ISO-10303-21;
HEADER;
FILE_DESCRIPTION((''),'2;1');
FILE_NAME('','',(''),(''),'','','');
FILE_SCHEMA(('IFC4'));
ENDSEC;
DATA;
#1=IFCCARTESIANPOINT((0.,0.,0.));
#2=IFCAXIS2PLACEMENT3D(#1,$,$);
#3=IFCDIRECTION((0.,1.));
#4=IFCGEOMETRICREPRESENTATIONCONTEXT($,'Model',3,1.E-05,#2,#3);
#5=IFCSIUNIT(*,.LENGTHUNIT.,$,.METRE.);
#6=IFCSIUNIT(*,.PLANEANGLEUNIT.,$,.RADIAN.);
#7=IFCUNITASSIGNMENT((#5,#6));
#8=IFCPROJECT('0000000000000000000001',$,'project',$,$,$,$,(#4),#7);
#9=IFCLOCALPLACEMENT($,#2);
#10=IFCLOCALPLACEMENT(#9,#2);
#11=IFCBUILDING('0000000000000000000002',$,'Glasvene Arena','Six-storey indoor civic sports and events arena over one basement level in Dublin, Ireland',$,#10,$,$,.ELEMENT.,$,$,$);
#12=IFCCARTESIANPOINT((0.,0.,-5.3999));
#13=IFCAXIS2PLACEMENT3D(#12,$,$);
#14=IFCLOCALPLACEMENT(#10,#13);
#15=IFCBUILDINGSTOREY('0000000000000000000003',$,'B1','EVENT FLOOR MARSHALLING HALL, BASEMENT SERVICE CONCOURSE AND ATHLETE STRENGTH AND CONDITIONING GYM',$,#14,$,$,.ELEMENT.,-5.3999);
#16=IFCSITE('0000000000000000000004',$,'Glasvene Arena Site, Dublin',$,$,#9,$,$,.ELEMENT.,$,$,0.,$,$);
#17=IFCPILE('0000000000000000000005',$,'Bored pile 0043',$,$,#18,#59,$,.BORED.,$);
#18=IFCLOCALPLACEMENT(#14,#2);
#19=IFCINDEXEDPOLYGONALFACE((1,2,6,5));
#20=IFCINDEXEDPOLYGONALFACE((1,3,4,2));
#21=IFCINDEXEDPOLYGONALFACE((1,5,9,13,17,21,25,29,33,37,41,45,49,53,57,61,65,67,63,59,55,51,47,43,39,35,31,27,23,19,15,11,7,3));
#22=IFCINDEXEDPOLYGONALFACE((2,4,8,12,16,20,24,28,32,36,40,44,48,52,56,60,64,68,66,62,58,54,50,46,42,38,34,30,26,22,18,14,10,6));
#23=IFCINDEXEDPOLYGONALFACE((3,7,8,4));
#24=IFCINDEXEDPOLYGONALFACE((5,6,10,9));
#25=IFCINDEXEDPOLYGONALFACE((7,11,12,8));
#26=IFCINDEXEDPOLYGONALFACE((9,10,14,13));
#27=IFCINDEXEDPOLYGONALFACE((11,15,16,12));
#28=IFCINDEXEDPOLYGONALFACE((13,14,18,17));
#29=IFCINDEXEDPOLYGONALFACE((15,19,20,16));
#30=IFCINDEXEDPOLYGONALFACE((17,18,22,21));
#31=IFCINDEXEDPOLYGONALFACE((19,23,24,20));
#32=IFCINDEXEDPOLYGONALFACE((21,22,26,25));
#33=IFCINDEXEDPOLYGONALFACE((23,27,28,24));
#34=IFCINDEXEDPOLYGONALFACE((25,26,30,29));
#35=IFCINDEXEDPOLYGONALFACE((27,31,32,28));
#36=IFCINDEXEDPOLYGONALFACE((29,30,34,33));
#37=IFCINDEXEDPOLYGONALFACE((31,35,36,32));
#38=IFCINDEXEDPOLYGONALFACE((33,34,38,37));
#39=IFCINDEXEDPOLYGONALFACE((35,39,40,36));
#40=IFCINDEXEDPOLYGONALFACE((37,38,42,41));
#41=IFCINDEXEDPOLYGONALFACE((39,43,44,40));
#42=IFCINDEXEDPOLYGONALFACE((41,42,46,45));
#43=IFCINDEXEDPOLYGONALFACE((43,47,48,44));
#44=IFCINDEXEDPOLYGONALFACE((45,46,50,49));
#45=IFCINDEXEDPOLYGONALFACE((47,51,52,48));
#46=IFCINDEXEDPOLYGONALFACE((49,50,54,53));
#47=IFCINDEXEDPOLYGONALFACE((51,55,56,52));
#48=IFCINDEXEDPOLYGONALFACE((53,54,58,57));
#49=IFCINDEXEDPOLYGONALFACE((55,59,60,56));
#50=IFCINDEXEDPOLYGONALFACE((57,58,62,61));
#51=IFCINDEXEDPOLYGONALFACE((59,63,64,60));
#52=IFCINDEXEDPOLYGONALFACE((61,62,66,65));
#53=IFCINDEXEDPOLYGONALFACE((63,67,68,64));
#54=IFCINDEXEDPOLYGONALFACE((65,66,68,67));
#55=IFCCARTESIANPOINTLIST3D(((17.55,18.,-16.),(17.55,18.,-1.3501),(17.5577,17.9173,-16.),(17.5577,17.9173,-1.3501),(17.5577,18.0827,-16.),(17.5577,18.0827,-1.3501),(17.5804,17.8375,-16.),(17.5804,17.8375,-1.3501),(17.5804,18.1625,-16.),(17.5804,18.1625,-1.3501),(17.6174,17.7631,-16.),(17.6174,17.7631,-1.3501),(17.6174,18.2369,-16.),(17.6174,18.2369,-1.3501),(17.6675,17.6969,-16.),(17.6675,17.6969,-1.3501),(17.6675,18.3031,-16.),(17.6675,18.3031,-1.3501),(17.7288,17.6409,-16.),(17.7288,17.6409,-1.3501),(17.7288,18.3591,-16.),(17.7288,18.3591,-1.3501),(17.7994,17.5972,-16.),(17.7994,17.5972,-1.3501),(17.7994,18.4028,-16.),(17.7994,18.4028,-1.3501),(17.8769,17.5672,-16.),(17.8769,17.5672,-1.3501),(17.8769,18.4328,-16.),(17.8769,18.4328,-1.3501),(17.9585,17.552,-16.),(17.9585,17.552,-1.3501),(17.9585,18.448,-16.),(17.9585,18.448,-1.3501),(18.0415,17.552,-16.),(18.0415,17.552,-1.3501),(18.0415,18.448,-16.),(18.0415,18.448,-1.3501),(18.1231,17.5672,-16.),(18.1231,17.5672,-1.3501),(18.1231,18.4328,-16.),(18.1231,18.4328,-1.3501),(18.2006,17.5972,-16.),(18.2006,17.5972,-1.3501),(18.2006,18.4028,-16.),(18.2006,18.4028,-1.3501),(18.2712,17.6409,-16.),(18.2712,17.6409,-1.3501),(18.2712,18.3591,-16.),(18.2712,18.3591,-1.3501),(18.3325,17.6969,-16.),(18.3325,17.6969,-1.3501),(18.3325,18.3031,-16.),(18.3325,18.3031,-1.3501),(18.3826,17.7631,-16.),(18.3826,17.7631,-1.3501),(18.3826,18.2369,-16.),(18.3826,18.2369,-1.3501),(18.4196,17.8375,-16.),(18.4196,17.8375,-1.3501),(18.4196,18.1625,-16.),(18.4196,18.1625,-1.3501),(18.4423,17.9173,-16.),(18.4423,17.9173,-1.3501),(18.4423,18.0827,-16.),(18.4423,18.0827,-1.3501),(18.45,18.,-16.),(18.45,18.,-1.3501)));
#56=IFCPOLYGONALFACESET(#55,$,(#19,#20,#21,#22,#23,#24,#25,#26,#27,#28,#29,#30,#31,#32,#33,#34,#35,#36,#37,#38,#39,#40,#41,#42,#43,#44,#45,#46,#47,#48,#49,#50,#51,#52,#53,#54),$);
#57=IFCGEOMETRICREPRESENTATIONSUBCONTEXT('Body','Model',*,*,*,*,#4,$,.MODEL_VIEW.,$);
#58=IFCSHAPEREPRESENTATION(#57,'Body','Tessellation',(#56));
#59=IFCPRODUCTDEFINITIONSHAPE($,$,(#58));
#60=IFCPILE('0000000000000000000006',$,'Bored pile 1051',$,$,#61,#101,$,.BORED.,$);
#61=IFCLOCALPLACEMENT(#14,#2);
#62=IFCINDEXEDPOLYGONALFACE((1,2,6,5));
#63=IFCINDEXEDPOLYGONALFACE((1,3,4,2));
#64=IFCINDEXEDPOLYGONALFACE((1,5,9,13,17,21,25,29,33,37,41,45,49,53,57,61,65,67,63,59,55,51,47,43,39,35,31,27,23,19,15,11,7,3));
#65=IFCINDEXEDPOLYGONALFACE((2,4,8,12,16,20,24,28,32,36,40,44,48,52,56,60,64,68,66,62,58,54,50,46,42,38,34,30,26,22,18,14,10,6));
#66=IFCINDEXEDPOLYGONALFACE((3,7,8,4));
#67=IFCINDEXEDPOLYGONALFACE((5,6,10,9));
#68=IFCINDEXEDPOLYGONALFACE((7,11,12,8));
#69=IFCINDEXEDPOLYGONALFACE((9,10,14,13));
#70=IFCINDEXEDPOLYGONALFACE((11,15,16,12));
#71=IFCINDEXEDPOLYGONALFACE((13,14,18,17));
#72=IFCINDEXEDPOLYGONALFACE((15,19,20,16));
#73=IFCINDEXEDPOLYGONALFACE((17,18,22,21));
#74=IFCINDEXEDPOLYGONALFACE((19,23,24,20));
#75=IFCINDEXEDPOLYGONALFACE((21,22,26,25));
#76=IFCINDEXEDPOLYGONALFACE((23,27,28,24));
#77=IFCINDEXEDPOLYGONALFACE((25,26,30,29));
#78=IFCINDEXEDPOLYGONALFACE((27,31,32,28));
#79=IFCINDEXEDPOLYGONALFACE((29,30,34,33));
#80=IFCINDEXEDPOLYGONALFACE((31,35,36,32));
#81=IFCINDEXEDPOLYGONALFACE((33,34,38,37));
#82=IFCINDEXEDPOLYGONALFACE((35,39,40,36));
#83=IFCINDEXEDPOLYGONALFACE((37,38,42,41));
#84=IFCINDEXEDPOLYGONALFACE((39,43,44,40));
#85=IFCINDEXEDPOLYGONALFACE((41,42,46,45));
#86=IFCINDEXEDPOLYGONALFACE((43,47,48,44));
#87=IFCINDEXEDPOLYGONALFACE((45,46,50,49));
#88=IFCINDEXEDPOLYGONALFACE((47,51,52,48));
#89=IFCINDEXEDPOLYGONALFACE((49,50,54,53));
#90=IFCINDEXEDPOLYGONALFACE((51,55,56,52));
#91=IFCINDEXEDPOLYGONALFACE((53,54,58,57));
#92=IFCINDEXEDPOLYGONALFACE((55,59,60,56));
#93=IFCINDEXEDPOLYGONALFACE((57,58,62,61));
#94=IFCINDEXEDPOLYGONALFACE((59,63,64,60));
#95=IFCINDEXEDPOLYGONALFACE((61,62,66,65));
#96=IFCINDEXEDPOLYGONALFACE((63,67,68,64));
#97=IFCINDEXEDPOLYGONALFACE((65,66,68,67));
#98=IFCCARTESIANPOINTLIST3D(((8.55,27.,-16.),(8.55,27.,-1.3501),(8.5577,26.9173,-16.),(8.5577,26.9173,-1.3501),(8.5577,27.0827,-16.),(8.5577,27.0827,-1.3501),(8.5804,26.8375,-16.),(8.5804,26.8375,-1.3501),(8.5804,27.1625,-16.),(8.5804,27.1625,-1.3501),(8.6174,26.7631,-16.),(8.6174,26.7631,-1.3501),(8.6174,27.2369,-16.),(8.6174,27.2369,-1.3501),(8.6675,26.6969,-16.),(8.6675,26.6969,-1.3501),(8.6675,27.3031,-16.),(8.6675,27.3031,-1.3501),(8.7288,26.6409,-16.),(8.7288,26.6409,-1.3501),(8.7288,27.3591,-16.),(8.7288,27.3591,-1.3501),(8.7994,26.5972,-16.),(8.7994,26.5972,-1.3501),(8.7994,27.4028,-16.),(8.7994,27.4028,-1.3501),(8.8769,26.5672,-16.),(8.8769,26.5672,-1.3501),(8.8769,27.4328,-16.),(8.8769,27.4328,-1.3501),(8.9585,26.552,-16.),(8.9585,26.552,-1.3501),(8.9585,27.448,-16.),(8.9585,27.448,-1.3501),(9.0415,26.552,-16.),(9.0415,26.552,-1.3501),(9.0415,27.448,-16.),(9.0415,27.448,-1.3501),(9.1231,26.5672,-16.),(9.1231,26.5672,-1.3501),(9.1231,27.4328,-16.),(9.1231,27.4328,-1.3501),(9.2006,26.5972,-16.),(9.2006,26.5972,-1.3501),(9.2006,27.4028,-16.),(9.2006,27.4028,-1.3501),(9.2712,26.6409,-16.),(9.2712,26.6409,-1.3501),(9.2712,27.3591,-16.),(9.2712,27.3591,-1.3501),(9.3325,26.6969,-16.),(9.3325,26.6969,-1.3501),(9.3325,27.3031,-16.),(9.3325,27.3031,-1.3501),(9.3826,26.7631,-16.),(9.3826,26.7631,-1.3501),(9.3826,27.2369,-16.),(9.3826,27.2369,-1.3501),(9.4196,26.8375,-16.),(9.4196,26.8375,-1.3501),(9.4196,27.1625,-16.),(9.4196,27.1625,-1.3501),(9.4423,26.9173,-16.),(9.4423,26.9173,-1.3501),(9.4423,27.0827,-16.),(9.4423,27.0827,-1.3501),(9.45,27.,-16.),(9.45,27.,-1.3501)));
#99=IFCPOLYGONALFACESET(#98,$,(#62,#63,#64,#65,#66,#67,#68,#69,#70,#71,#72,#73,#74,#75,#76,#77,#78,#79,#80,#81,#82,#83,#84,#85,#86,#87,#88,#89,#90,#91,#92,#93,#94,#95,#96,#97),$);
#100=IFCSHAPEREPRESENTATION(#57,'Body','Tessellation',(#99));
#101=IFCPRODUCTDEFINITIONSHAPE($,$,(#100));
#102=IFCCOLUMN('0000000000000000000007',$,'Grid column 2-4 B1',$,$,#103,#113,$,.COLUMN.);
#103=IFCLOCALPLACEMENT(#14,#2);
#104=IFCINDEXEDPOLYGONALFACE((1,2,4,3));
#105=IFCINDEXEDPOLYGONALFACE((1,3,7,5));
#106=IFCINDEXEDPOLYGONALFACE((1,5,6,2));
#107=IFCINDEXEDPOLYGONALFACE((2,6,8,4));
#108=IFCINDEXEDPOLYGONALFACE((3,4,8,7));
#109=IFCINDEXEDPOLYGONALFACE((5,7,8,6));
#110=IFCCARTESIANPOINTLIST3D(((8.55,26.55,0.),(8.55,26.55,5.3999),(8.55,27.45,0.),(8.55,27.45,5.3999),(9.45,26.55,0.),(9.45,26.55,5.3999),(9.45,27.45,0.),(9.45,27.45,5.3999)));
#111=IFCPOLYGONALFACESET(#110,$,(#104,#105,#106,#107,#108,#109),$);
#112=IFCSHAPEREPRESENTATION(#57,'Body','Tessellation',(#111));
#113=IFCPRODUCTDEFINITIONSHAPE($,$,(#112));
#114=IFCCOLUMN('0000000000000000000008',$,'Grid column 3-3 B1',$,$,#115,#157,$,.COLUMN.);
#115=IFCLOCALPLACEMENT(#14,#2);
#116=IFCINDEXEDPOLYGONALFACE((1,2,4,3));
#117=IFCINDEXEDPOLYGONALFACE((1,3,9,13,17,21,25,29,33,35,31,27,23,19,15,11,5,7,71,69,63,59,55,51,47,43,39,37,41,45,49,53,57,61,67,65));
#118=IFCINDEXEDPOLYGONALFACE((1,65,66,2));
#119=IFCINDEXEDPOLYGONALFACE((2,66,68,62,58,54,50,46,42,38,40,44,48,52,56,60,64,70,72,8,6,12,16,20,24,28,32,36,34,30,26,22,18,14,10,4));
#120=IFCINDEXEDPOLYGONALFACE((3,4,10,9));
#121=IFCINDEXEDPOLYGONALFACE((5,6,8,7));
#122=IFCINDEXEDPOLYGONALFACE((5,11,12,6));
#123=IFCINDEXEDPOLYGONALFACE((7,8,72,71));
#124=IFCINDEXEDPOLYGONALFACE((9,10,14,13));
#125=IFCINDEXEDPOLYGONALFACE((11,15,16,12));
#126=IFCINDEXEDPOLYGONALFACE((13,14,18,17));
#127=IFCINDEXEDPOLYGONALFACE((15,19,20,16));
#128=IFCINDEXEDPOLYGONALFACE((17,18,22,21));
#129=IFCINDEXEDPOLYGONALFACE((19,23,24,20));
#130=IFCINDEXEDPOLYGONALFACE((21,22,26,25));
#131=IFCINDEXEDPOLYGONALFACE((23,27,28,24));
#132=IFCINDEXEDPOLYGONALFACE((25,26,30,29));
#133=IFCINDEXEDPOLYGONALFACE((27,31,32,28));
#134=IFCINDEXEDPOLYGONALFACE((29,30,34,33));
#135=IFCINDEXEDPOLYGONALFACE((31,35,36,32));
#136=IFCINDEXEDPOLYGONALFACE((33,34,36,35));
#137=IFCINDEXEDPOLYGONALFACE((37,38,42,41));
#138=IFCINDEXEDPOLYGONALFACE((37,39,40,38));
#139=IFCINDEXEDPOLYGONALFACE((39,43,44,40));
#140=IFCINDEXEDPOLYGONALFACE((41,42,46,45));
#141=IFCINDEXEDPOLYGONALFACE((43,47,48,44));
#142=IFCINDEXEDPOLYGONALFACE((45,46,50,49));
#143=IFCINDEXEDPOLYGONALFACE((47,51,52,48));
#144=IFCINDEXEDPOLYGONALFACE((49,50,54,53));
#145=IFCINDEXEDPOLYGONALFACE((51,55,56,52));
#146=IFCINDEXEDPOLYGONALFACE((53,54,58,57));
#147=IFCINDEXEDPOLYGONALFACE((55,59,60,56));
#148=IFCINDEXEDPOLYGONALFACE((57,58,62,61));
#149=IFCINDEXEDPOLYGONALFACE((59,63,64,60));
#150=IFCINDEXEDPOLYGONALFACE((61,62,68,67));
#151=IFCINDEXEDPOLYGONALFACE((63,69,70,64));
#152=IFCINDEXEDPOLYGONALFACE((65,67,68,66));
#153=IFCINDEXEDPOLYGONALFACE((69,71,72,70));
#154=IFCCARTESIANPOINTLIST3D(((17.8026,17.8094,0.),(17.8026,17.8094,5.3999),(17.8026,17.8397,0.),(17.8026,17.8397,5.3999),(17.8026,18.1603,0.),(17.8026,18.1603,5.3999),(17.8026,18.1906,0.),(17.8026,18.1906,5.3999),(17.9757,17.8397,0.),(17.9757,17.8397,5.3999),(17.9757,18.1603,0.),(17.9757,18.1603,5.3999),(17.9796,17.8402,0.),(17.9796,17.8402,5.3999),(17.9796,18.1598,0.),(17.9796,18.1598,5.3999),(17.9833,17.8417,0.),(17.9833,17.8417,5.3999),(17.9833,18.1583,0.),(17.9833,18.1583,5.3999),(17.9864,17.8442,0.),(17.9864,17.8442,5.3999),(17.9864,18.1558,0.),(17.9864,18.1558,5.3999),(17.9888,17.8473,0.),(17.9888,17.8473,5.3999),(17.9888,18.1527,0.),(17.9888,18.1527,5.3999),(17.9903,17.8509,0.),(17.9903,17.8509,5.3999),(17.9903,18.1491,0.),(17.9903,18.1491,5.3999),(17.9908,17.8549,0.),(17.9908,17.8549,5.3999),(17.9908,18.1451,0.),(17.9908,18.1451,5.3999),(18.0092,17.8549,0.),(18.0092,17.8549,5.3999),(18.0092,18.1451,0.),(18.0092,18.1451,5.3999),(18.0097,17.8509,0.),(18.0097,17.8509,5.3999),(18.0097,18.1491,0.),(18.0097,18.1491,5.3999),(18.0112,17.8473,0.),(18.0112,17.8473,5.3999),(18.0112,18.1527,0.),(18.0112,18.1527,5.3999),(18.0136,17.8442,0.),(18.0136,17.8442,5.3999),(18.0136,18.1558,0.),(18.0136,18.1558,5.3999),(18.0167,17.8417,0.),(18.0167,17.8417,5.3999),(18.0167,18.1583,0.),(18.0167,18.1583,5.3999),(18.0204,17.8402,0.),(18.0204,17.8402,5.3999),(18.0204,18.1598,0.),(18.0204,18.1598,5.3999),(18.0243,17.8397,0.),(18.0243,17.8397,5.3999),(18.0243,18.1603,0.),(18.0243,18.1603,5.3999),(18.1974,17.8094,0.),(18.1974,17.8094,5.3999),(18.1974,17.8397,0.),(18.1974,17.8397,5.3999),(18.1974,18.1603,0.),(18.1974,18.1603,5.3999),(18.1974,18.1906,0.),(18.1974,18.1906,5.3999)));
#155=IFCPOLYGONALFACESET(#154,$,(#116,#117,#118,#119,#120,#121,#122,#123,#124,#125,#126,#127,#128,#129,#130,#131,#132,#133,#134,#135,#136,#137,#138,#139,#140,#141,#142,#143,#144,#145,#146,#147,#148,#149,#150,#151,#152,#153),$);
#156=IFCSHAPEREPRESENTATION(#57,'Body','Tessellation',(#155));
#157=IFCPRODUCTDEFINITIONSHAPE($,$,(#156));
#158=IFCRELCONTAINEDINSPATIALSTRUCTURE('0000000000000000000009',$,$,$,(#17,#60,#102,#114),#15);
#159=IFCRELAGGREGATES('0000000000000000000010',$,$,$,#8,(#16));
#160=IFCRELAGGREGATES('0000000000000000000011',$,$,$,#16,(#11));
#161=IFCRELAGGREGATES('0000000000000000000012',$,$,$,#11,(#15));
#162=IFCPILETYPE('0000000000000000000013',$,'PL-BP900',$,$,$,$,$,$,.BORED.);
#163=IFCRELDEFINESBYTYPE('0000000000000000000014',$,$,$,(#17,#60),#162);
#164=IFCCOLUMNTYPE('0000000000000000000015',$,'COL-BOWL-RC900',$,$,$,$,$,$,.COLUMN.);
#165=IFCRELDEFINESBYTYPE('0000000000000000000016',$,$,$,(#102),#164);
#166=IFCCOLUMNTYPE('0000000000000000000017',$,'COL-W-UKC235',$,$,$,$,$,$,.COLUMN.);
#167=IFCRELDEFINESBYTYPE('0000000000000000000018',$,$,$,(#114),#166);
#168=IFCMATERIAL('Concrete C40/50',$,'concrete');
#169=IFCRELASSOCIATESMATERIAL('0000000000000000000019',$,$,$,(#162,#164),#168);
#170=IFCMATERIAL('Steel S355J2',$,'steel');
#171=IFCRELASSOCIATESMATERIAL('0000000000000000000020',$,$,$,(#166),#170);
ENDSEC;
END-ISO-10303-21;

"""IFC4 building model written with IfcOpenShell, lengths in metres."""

from ifc_helpers import new_model, si_unit, direction, frame, origin, origin_2d, place, context, subcontext, project, spatial, rectangle, circle, i_section, extrude, material, material_profile, profile_set, type_object, element, save


model = new_model("IFC4")

# Units and contexts
model_context = context("Model", 3, precision=1e-05, world=origin(), true_north=direction((0.0, 1.0)))
body_context = subcontext(model_context, "Body", "Model", "MODEL_VIEW")
ifc_project = project(units=[si_unit("LENGTHUNIT", "METRE"), si_unit("PLANEANGLEUNIT", "RADIAN")], contexts=[model_context])

# Site, building, storey
site_placement = place(None, origin())
site = spatial("IfcSite", under=ifc_project, at=site_placement, Name="Glasvene Arena Site, Dublin", CompositionType="ELEMENT", RefElevation=0.0)
building_placement = place(site_placement, origin())
building = spatial("IfcBuilding", under=site, at=building_placement, Name="Glasvene Arena", Description="Six-storey indoor civic sports and events arena over one basement level in Dublin, Ireland", CompositionType="ELEMENT")
storey_placement = place(building_placement, frame((0.0, 0.0, -5.3999)))
storey = spatial("IfcBuildingStorey", under=building, at=storey_placement, Name="B1", Description="EVENT FLOOR MARSHALLING HALL, BASEMENT SERVICE CONCOURSE AND ATHLETE STRENGTH AND CONDITIONING GYM", CompositionType="ELEMENT", Elevation=-5.3999)

# Shared definitions
ifc_material_1 = material(Name="Concrete C40/50", Category="concrete")

# Piles
ifc_material_profile_1 = material_profile(ifc_material_1, circle(Radius=0.45, at=origin_2d()), Name="BORED PILE 900")
ifc_profile_set_1 = profile_set([ifc_material_profile_1], Name="Concrete C40/50")
pile_type_1 = type_object("IfcPileType", Name="PL-BP900", PredefinedType="BORED", material=ifc_profile_set_1)
for number, where, z_axis, x_axis, name in (
    (1, (18.0, 18.0, -1.3501), (0.0, 0.0, -1.0), (1.0, 0.0, 0.0), "Bored pile 0043"),
    (2, (9.0, 27.0, -1.3501), (0.0, 0.0, -1.0), (1.0, 0.0, 0.0), "Bored pile 1051"),
):
    element("IfcPile", number, at=place(storey_placement, frame(where, z_axis=z_axis, x_axis=x_axis)), inside=storey, type_object=pile_type_1, Name=name, PredefinedType="BORED", context=body_context, shape_type="SweptSolid", body=[
        extrude(circle(Radius=0.45, at=origin_2d()), origin(), (0.0, 0.0, 1.0), 14.6499),
    ])

# Columns
ifc_material_profile_2 = material_profile(ifc_material_1, rectangle(XDim=0.8999, YDim=0.8999, at=origin_2d()), Name="RC 900x900")
ifc_profile_set_2 = profile_set([ifc_material_profile_2], Name="Concrete C40/50")
column_type_1 = type_object("IfcColumnType", Name="COL-BOWL-RC900", PredefinedType="COLUMN", material=ifc_profile_set_2)
column_1_placement = place(storey_placement, frame((9.0, 27.0, 0.0), z_axis=(0.0, 0.0, 1.0), x_axis=(1.0, 0.0, 0.0)))
element("IfcColumn", 3, at=column_1_placement, inside=storey, type_object=column_type_1, Name="Grid column 2-4 B1", PredefinedType="COLUMN", context=body_context, shape_type="SweptSolid", body=[
    extrude(rectangle(XDim=0.8999, YDim=0.8999, at=origin_2d()), origin(), (0.0, 0.0, 1.0), 5.3999),
])
ifc_material_2 = material(Name="Steel S355J2", Category="steel")
ifc_material_profile_3 = material_profile(ifc_material_2, i_section(OverallWidth=0.3948, OverallDepth=0.3811, WebThickness=0.0183, FlangeThickness=0.0303, FilletRadius=0.0151, at=origin_2d()), Name="UKC 356x406x235")
ifc_profile_set_3 = profile_set([ifc_material_profile_3], Name="Steel S355J2")
column_type_2 = type_object("IfcColumnType", Name="COL-W-UKC235", PredefinedType="COLUMN", material=ifc_profile_set_3)
column_2_placement = place(storey_placement, frame((18.0, 18.0, 0.0), z_axis=(0.0, 0.0, 1.0), x_axis=(1.0, 0.0, 0.0)))
element("IfcColumn", 4, at=column_2_placement, inside=storey, type_object=column_type_2, Name="Grid column 3-3 B1", PredefinedType="COLUMN", context=body_context, shape_type="SweptSolid", body=[
    extrude(i_section(OverallWidth=0.3948, OverallDepth=0.3811, WebThickness=0.0183, FlangeThickness=0.0303, FilletRadius=0.0151, at=origin_2d()), origin(), (0.0, 0.0, 1.0), 5.3999),
])

save(model, "model.ifc")
